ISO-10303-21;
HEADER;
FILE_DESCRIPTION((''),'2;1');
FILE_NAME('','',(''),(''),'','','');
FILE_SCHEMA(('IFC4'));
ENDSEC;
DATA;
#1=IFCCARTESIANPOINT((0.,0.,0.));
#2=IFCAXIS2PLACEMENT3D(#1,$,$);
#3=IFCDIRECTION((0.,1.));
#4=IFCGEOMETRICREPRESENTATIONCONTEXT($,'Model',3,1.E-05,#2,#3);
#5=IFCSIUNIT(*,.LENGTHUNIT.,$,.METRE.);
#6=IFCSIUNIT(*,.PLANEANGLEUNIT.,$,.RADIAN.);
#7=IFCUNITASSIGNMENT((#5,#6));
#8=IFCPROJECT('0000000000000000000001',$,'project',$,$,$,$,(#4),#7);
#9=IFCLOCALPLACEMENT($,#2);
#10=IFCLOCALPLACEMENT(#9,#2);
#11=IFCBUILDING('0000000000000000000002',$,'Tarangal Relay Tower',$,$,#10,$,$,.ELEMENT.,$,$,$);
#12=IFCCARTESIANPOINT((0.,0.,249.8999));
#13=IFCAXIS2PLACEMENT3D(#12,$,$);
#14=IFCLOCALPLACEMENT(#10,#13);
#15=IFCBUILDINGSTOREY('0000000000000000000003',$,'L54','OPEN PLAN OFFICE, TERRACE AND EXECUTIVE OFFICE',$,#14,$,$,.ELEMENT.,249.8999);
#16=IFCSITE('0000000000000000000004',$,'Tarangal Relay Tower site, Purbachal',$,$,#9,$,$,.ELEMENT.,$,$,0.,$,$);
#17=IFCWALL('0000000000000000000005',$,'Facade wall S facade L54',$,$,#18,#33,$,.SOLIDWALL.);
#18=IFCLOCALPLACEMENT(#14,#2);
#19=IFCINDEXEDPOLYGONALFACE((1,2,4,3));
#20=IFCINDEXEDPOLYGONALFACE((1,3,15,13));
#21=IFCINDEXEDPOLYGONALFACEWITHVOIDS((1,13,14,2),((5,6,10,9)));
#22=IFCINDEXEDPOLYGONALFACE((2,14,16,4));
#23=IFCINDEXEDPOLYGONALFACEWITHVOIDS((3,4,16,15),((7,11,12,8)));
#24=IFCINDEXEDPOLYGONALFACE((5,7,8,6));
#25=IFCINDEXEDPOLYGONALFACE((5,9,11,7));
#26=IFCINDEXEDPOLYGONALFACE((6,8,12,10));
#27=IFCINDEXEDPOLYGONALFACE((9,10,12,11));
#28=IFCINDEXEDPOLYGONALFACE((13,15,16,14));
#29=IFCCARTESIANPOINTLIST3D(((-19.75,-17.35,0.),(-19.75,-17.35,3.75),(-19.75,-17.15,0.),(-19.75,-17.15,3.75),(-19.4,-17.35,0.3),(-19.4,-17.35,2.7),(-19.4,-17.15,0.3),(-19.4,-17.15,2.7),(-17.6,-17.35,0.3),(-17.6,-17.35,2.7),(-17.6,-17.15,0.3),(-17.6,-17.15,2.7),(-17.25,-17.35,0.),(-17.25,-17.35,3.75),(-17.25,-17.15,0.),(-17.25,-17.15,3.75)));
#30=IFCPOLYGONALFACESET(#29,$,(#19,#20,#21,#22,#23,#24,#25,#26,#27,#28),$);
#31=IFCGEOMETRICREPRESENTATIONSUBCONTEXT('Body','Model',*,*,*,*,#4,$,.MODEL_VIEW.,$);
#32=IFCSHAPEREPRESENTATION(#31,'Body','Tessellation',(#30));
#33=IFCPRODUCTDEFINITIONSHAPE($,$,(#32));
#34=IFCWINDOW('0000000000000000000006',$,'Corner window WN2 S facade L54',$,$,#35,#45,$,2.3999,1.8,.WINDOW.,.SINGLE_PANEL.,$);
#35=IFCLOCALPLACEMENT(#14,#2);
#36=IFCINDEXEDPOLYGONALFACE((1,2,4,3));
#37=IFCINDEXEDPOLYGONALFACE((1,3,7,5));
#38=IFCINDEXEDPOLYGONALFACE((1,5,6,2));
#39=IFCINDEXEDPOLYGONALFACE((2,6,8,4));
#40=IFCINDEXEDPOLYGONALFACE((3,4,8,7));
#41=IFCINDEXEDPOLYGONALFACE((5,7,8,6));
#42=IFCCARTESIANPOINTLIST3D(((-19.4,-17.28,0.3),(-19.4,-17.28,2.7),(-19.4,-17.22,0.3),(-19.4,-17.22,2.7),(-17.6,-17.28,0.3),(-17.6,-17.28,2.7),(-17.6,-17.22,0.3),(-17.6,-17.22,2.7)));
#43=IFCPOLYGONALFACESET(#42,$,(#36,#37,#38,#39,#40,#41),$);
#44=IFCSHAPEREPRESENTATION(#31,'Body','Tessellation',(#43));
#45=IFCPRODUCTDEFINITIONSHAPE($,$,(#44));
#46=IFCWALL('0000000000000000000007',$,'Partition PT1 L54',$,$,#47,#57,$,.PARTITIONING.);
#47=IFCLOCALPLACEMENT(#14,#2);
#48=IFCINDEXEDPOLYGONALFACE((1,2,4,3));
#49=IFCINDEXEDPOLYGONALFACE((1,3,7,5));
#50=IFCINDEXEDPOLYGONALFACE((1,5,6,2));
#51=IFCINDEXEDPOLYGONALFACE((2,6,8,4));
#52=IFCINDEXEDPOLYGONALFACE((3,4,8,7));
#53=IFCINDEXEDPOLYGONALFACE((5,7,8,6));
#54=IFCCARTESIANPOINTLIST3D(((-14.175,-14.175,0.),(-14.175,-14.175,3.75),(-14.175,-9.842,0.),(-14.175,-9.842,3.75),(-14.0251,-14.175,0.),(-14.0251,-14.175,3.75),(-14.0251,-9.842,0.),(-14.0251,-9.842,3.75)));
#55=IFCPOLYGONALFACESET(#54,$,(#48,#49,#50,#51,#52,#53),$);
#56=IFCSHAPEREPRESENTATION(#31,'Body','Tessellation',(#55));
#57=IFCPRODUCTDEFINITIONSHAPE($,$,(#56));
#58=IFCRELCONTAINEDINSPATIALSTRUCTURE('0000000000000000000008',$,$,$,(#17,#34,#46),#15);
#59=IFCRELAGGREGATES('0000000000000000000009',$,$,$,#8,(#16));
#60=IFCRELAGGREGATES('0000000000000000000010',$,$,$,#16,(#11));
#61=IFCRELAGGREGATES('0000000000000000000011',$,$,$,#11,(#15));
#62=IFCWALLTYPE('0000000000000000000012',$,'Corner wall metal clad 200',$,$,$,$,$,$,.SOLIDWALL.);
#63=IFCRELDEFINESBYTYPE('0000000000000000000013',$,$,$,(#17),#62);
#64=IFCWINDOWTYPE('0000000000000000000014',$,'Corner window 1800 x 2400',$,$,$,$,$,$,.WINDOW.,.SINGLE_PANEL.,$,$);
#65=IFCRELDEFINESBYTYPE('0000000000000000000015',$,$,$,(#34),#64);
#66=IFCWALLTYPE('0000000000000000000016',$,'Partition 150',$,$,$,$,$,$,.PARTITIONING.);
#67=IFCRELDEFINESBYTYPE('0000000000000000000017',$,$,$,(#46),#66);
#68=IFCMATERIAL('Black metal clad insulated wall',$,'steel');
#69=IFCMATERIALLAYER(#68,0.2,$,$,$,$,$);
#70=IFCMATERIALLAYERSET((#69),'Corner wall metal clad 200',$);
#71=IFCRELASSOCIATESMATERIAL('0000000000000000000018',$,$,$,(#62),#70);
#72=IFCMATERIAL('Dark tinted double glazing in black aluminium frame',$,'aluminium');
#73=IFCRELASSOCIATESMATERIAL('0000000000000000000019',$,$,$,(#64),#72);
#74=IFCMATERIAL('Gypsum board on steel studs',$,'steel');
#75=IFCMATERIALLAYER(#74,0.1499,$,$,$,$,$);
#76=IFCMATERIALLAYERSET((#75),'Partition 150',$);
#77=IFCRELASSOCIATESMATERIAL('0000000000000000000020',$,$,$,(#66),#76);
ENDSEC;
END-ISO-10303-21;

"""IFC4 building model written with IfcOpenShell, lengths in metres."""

from ifc_helpers import new_model, si_unit, direction, frame, frame_2d, origin, place, context, subcontext, project, spatial, rectangle, extrude, material, layer, layer_set, type_object, element, fill, save


model = new_model("IFC4")

# Units and contexts
model_context = context("Model", 3, precision=1e-05, world=origin(), true_north=direction((0.0, 1.0)))
body_context = subcontext(model_context, "Body", "Model", "MODEL_VIEW")
ifc_project = project(units=[si_unit("LENGTHUNIT", "METRE"), si_unit("PLANEANGLEUNIT", "RADIAN")], contexts=[model_context])

# Site, building, storey
site_placement = place(None, origin())
site = spatial("IfcSite", under=ifc_project, at=site_placement, Name="Tarangal Relay Tower site, Purbachal", CompositionType="ELEMENT", RefElevation=0.0)
building_placement = place(site_placement, origin())
building = spatial("IfcBuilding", under=site, at=building_placement, Name="Tarangal Relay Tower", CompositionType="ELEMENT")
storey_placement = place(building_placement, frame((0.0, 0.0, 249.8999)))
storey = spatial("IfcBuildingStorey", under=building, at=storey_placement, Name="L54", Description="OPEN PLAN OFFICE, TERRACE AND EXECUTIVE OFFICE", CompositionType="ELEMENT", Elevation=249.8999)

# Shared definitions
ifc_material_1 = material(Name="Black metal clad insulated wall", Category="steel")
ifc_layer_1 = layer(ifc_material_1, 0.2)
ifc_layer_set_1 = layer_set([ifc_layer_1], Name="Corner wall metal clad 200")
wall_type_1 = type_object("IfcWallType", Name="Corner wall metal clad 200", PredefinedType="SOLIDWALL", material=ifc_layer_set_1)

# Shared definitions
ifc_material_2 = material(Name="Dark tinted double glazing in black aluminium frame", Category="aluminium")
window_type = type_object("IfcWindowType", Name="Corner window 1800 x 2400", PartitioningType="SINGLE_PANEL", PredefinedType="WINDOW", material=ifc_material_2)

# Wall, opening, window
wall_1_placement = place(storey_placement, frame((-17.25, -17.25, 0.0), z_axis=(0.0, 0.0, 1.0), x_axis=(-1.0, 0.0, 0.0)))
wall_1 = element("IfcWall", 1, at=wall_1_placement, inside=storey, type_object=wall_type_1, Name="Facade wall S facade L54", PredefinedType="SOLIDWALL", context=body_context, shape_type="SweptSolid", body=[
    extrude(rectangle(XDim=2.5, YDim=0.2, at=frame_2d((1.25, 0.0))), origin(), (0.0, 0.0, 1.0), 3.75),
])
opening_1_placement = place(wall_1_placement, frame((0.3501, 0.0, 0.3)))
opening_1 = element("IfcOpeningElement", 2, at=opening_1_placement, cuts=wall_1, PredefinedType="OPENING", context=body_context, shape_type="SweptSolid", body=[
    extrude(rectangle(XDim=1.8, YDim=2.3999, at=frame_2d((0.8999, 1.2))), frame((0.0, 0.1099, 0.0), z_axis=(0.0, -1.0, 0.0), x_axis=(1.0, 0.0, 0.0)), (0.0, 0.0, 1.0), 0.22),
])
window_1_placement = place(opening_1_placement, origin())
window_1 = element("IfcWindow", 3, at=window_1_placement, inside=storey, type_object=window_type, Name="Corner window WN2 S facade L54", OverallHeight=2.3999, OverallWidth=1.8, PartitioningType="SINGLE_PANEL", PredefinedType="WINDOW", context=body_context, shape_type="SweptSolid", body=[
    extrude(rectangle(XDim=1.8, YDim=2.3999, at=frame_2d((0.8999, 1.2))), frame((0.0, 0.03, 0.0), z_axis=(0.0, -1.0, 0.0), x_axis=(1.0, 0.0, 0.0)), (0.0, 0.0, 1.0), 0.0601),
])
fill(opening_1, window_1)

# Shared definitions
ifc_material_3 = material(Name="Gypsum board on steel studs", Category="steel")
ifc_layer_2 = layer(ifc_material_3, 0.1499)
ifc_layer_set_2 = layer_set([ifc_layer_2], Name="Partition 150")
wall_type_2 = type_object("IfcWallType", Name="Partition 150", PredefinedType="PARTITIONING", material=ifc_layer_set_2)

# Wall
wall_2_placement = place(storey_placement, frame((-14.1001, -14.175, 0.0), z_axis=(0.0, 0.0, 1.0), x_axis=(0.0, 1.0, 0.0)))
element("IfcWall", 4, at=wall_2_placement, inside=storey, type_object=wall_type_2, Name="Partition PT1 L54", PredefinedType="PARTITIONING", context=body_context, shape_type="SweptSolid", body=[
    extrude(rectangle(XDim=4.333, YDim=0.1499, at=frame_2d((2.1665, 0.0))), origin(), (0.0, 0.0, 1.0), 3.75),
])

save(model, "model.ifc")
